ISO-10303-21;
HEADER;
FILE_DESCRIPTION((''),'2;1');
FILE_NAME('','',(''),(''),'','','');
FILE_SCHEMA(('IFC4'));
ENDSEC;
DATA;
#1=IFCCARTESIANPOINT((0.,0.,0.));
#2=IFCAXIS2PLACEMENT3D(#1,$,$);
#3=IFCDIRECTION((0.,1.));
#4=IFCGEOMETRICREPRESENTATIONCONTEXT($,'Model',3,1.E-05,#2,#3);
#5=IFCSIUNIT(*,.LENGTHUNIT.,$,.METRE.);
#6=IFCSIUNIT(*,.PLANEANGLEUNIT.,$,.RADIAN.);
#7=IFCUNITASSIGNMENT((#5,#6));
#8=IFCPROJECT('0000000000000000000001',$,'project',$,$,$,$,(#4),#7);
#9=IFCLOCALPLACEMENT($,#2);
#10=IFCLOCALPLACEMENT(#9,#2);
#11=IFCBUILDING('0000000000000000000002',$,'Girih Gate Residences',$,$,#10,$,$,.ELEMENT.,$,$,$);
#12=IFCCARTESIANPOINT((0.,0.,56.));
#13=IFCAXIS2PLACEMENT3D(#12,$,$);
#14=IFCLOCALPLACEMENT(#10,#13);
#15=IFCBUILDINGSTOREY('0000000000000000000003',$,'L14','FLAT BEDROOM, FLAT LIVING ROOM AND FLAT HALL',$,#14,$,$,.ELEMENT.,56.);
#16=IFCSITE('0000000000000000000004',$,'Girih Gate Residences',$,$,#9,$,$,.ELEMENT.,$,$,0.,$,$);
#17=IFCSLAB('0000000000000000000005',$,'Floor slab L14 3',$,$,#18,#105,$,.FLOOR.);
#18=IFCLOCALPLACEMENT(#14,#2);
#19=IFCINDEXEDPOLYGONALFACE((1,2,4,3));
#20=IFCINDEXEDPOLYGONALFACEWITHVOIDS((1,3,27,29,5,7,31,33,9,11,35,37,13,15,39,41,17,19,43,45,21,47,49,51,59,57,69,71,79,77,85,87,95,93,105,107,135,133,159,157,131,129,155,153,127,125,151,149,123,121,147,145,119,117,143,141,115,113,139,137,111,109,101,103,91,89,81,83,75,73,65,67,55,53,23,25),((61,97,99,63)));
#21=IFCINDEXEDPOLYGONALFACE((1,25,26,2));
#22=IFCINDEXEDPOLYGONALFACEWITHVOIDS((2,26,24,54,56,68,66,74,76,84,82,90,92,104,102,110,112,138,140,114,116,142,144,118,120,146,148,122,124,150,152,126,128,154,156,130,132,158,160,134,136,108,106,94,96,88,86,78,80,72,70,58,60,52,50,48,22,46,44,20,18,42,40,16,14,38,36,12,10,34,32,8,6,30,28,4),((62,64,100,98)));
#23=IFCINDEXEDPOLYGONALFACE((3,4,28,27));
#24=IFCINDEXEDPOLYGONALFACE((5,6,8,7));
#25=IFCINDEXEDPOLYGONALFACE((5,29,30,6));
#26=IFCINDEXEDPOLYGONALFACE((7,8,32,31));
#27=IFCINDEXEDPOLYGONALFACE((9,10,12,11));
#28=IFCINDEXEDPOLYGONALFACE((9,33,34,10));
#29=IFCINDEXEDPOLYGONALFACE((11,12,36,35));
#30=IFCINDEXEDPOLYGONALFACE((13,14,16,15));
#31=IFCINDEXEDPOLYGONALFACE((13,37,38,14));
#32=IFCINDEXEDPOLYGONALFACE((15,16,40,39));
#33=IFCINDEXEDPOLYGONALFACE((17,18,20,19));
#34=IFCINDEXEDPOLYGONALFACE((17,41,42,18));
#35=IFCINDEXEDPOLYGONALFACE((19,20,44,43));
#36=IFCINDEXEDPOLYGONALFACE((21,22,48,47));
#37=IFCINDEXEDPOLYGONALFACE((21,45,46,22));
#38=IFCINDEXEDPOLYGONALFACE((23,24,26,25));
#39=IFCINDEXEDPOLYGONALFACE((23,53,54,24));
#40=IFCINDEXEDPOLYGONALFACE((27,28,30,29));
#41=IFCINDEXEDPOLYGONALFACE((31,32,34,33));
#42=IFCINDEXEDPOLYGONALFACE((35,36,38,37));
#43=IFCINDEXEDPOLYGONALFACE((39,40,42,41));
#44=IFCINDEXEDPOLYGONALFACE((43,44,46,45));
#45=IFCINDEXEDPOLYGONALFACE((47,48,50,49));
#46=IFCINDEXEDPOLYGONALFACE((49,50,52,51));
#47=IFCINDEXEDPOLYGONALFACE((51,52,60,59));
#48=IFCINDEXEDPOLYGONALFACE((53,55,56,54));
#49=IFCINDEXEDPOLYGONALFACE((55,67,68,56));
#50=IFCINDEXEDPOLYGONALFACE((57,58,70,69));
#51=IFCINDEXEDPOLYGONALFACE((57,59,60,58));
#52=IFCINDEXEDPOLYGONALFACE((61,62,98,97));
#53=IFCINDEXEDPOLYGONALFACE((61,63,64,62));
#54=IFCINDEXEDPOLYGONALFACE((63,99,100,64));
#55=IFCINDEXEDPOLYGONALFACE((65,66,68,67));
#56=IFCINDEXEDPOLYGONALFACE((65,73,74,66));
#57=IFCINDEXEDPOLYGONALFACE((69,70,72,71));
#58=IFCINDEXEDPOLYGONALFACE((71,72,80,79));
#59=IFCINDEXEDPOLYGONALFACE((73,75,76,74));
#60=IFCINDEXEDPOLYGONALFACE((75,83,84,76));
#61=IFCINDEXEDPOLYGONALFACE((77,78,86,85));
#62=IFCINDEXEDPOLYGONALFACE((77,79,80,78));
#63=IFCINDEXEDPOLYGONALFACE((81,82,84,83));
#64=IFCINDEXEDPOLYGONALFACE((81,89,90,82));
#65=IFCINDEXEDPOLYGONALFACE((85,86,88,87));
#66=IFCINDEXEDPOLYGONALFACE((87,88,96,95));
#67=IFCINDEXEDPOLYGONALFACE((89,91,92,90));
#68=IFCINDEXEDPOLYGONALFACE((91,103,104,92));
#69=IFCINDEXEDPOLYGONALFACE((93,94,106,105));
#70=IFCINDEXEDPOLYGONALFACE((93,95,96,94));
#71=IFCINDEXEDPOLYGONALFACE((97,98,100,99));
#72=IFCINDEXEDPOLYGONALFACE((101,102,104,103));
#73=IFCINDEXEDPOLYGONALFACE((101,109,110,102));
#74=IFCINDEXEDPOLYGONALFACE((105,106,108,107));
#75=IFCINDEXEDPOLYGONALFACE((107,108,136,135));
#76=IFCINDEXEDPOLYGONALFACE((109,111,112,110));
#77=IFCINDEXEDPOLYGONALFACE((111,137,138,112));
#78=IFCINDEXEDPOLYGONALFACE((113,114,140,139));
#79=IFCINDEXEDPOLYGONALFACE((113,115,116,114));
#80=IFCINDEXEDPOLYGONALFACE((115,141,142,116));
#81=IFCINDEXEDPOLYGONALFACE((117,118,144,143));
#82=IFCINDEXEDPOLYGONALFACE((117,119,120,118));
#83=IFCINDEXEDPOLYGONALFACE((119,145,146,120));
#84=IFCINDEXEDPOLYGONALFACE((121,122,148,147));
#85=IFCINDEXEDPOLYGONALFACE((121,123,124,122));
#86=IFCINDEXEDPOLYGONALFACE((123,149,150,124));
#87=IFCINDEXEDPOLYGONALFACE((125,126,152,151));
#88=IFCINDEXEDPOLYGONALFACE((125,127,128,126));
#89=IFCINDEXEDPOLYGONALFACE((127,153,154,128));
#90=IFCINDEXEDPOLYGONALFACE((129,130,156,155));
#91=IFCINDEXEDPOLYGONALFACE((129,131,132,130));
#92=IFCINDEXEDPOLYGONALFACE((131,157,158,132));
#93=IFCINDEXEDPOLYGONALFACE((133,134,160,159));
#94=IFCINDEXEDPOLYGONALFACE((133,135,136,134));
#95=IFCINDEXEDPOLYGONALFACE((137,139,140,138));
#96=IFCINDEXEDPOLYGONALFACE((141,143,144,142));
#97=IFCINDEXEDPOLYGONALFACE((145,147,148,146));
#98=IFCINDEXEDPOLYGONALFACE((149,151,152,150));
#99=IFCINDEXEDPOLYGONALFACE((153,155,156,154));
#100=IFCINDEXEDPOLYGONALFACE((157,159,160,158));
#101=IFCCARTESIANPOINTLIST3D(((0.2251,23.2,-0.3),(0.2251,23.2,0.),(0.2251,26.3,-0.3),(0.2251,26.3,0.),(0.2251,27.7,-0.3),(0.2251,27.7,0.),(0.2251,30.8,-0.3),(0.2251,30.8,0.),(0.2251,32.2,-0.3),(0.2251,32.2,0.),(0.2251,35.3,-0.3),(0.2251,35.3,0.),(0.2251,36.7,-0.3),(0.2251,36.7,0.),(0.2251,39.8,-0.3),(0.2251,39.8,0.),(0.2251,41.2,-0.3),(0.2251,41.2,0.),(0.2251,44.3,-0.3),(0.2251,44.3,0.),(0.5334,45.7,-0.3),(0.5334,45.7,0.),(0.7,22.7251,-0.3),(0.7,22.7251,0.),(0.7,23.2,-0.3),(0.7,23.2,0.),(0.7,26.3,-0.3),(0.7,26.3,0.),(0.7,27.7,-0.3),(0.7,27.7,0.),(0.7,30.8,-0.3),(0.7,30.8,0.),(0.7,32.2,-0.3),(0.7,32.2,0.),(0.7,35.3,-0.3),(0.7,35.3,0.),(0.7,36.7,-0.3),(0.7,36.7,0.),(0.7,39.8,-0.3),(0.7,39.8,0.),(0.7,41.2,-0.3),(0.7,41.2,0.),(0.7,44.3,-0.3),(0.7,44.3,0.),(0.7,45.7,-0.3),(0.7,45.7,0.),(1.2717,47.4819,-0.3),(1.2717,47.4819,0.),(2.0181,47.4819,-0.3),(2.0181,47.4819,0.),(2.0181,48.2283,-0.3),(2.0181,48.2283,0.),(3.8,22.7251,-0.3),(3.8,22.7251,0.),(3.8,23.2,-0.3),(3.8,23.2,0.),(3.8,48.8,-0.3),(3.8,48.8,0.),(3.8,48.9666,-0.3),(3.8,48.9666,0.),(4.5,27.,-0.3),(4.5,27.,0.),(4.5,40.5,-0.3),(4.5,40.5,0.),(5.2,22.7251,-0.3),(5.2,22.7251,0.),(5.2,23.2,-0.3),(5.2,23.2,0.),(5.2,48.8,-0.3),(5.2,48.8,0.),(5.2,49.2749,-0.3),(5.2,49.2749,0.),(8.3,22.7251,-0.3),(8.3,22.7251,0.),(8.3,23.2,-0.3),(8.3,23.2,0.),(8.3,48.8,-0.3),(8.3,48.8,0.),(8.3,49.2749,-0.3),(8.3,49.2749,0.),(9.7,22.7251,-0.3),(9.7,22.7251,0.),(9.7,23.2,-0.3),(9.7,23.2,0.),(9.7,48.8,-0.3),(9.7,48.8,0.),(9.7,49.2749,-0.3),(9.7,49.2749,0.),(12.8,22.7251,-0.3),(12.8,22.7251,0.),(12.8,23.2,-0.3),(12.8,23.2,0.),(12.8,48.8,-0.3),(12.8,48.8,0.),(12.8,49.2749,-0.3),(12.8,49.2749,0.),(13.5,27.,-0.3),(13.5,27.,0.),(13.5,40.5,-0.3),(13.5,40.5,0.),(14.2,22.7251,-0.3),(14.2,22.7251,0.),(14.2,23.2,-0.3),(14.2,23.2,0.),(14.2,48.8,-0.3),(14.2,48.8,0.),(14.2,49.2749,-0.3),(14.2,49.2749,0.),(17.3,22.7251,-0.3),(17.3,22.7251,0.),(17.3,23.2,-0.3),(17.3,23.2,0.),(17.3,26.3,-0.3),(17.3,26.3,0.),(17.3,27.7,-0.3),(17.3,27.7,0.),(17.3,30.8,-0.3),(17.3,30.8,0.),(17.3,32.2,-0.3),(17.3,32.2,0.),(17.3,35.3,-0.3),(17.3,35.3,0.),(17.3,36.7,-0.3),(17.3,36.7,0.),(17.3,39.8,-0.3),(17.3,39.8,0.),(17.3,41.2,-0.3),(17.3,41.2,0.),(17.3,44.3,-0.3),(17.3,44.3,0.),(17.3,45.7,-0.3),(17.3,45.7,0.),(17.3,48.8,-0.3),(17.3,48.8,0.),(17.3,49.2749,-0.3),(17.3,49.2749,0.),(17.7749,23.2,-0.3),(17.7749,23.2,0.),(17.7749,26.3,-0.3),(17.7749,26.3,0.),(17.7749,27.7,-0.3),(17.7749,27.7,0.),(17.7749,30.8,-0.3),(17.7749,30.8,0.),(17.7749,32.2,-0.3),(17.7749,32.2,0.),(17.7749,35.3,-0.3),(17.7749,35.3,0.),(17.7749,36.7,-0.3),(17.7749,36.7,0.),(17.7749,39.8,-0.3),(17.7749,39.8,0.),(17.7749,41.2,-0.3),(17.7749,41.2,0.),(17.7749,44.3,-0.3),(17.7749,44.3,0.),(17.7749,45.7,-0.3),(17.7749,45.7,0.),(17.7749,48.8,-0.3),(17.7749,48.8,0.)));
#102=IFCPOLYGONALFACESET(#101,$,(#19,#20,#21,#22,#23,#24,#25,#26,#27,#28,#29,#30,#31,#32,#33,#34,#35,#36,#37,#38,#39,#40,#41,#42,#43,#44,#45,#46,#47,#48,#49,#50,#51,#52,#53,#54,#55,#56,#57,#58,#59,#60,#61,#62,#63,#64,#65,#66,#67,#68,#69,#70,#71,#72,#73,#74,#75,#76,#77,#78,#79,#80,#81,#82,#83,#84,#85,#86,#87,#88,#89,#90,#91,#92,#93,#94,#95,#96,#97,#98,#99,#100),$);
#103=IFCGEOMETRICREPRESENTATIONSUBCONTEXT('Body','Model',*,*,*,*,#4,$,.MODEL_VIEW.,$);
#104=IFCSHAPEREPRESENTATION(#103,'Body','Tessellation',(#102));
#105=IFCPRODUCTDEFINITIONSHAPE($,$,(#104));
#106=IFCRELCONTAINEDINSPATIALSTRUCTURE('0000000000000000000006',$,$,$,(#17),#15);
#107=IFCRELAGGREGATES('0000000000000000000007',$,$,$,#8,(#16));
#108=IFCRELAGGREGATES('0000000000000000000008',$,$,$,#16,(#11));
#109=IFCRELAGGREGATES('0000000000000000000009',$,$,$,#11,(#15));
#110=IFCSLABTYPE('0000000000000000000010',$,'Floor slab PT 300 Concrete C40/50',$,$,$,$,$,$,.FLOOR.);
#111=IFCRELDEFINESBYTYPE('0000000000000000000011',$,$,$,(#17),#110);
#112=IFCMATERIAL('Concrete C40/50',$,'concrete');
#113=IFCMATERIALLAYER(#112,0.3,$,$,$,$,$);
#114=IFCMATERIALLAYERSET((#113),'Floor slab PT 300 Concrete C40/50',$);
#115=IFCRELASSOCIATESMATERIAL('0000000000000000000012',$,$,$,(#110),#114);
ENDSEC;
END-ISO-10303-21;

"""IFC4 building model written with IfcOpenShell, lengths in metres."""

from ifc_helpers import new_model, si_unit, direction, frame, origin, place, context, subcontext, project, spatial, polyline, outline, extrude, material, layer, layer_set, type_object, element, save


model = new_model("IFC4")

# Units and contexts
model_context = context("Model", 3, precision=1e-05, world=origin(), true_north=direction((0.0, 1.0)))
body_context = subcontext(model_context, "Body", "Model", "MODEL_VIEW")
ifc_project = project(units=[si_unit("LENGTHUNIT", "METRE"), si_unit("PLANEANGLEUNIT", "RADIAN")], contexts=[model_context])

# Site, building, storey
site_placement = place(None, origin())
site = spatial("IfcSite", under=ifc_project, at=site_placement, Name="Girih Gate Residences", CompositionType="ELEMENT", RefElevation=0.0)
building_placement = place(site_placement, origin())
building = spatial("IfcBuilding", under=site, at=building_placement, Name="Girih Gate Residences", CompositionType="ELEMENT")
storey_placement = place(building_placement, frame((0.0, 0.0, 56.0)))
storey = spatial("IfcBuildingStorey", under=building, at=storey_placement, Name="L14", Description="FLAT BEDROOM, FLAT LIVING ROOM AND FLAT HALL", CompositionType="ELEMENT", Elevation=56.0)

# Slab
ifc_material_1 = material(Name="Concrete C40/50", Category="concrete")
ifc_layer_1 = layer(ifc_material_1, 0.3)
ifc_layer_set_1 = layer_set([ifc_layer_1], Name="Floor slab PT 300 Concrete C40/50")
slab_type_1 = type_object("IfcSlabType", Name="Floor slab PT 300 Concrete C40/50", PredefinedType="FLOOR", material=ifc_layer_set_1)
slab_1_placement = place(storey_placement, frame((0.0, 0.0, -0.3)))
element("IfcSlab", 1, at=slab_1_placement, inside=storey, type_object=slab_type_1, Name="Floor slab L14 3", PredefinedType="FLOOR", context=body_context, shape_type="SweptSolid", body=[
    extrude(outline(polyline([(0.2251, 26.3), (0.2251, 23.2), (0.7, 23.2), (0.7, 22.7251), (3.8, 22.7251), (3.8, 23.2), (5.2, 23.2), (5.2, 22.7251), (8.3, 22.7251), (8.3, 23.2), (9.7, 23.2), (9.7, 22.7251), (12.8, 22.7251), (12.8, 23.2), (14.2, 23.2), (14.2, 22.7251), (17.3, 22.7251), (17.3, 23.2), (17.7749, 23.2), (17.7749, 26.3), (17.3, 26.3), (17.3, 27.7), (17.7749, 27.7), (17.7749, 30.8), (17.3, 30.8), (17.3, 32.2), (17.7749, 32.2), (17.7749, 35.3), (17.3, 35.3), (17.3, 36.7), (17.7749, 36.7), (17.7749, 39.8), (17.3, 39.8), (17.3, 41.2), (17.7749, 41.2), (17.7749, 44.3), (17.3, 44.3), (17.3, 45.7), (17.7749, 45.7), (17.7749, 48.8), (17.3, 48.8), (17.3, 49.2749), (14.2, 49.2749), (14.2, 48.8), (12.8, 48.8), (12.8, 49.2749), (9.7, 49.2749), (9.7, 48.8), (8.3, 48.8), (8.3, 49.2749), (5.2, 49.2749), (5.2, 48.8), (3.8, 48.8), (3.8, 48.9666), (2.0181, 48.2283), (2.0181, 47.4819), (1.2717, 47.4819), (0.5334, 45.7), (0.7, 45.7), (0.7, 44.3), (0.2251, 44.3), (0.2251, 41.2), (0.7, 41.2), (0.7, 39.8), (0.2251, 39.8), (0.2251, 36.7), (0.7, 36.7), (0.7, 35.3), (0.2251, 35.3), (0.2251, 32.2), (0.7, 32.2), (0.7, 30.8), (0.2251, 30.8), (0.2251, 27.7), (0.7, 27.7), (0.7, 26.3), (0.2251, 26.3)]), holes=[polyline([(13.5, 40.5), (13.5, 27.0), (4.5, 27.0), (4.5, 40.5), (13.5, 40.5)])]), origin(), (0.0, 0.0, 1.0), 0.3),
])

save(model, "model.ifc")
